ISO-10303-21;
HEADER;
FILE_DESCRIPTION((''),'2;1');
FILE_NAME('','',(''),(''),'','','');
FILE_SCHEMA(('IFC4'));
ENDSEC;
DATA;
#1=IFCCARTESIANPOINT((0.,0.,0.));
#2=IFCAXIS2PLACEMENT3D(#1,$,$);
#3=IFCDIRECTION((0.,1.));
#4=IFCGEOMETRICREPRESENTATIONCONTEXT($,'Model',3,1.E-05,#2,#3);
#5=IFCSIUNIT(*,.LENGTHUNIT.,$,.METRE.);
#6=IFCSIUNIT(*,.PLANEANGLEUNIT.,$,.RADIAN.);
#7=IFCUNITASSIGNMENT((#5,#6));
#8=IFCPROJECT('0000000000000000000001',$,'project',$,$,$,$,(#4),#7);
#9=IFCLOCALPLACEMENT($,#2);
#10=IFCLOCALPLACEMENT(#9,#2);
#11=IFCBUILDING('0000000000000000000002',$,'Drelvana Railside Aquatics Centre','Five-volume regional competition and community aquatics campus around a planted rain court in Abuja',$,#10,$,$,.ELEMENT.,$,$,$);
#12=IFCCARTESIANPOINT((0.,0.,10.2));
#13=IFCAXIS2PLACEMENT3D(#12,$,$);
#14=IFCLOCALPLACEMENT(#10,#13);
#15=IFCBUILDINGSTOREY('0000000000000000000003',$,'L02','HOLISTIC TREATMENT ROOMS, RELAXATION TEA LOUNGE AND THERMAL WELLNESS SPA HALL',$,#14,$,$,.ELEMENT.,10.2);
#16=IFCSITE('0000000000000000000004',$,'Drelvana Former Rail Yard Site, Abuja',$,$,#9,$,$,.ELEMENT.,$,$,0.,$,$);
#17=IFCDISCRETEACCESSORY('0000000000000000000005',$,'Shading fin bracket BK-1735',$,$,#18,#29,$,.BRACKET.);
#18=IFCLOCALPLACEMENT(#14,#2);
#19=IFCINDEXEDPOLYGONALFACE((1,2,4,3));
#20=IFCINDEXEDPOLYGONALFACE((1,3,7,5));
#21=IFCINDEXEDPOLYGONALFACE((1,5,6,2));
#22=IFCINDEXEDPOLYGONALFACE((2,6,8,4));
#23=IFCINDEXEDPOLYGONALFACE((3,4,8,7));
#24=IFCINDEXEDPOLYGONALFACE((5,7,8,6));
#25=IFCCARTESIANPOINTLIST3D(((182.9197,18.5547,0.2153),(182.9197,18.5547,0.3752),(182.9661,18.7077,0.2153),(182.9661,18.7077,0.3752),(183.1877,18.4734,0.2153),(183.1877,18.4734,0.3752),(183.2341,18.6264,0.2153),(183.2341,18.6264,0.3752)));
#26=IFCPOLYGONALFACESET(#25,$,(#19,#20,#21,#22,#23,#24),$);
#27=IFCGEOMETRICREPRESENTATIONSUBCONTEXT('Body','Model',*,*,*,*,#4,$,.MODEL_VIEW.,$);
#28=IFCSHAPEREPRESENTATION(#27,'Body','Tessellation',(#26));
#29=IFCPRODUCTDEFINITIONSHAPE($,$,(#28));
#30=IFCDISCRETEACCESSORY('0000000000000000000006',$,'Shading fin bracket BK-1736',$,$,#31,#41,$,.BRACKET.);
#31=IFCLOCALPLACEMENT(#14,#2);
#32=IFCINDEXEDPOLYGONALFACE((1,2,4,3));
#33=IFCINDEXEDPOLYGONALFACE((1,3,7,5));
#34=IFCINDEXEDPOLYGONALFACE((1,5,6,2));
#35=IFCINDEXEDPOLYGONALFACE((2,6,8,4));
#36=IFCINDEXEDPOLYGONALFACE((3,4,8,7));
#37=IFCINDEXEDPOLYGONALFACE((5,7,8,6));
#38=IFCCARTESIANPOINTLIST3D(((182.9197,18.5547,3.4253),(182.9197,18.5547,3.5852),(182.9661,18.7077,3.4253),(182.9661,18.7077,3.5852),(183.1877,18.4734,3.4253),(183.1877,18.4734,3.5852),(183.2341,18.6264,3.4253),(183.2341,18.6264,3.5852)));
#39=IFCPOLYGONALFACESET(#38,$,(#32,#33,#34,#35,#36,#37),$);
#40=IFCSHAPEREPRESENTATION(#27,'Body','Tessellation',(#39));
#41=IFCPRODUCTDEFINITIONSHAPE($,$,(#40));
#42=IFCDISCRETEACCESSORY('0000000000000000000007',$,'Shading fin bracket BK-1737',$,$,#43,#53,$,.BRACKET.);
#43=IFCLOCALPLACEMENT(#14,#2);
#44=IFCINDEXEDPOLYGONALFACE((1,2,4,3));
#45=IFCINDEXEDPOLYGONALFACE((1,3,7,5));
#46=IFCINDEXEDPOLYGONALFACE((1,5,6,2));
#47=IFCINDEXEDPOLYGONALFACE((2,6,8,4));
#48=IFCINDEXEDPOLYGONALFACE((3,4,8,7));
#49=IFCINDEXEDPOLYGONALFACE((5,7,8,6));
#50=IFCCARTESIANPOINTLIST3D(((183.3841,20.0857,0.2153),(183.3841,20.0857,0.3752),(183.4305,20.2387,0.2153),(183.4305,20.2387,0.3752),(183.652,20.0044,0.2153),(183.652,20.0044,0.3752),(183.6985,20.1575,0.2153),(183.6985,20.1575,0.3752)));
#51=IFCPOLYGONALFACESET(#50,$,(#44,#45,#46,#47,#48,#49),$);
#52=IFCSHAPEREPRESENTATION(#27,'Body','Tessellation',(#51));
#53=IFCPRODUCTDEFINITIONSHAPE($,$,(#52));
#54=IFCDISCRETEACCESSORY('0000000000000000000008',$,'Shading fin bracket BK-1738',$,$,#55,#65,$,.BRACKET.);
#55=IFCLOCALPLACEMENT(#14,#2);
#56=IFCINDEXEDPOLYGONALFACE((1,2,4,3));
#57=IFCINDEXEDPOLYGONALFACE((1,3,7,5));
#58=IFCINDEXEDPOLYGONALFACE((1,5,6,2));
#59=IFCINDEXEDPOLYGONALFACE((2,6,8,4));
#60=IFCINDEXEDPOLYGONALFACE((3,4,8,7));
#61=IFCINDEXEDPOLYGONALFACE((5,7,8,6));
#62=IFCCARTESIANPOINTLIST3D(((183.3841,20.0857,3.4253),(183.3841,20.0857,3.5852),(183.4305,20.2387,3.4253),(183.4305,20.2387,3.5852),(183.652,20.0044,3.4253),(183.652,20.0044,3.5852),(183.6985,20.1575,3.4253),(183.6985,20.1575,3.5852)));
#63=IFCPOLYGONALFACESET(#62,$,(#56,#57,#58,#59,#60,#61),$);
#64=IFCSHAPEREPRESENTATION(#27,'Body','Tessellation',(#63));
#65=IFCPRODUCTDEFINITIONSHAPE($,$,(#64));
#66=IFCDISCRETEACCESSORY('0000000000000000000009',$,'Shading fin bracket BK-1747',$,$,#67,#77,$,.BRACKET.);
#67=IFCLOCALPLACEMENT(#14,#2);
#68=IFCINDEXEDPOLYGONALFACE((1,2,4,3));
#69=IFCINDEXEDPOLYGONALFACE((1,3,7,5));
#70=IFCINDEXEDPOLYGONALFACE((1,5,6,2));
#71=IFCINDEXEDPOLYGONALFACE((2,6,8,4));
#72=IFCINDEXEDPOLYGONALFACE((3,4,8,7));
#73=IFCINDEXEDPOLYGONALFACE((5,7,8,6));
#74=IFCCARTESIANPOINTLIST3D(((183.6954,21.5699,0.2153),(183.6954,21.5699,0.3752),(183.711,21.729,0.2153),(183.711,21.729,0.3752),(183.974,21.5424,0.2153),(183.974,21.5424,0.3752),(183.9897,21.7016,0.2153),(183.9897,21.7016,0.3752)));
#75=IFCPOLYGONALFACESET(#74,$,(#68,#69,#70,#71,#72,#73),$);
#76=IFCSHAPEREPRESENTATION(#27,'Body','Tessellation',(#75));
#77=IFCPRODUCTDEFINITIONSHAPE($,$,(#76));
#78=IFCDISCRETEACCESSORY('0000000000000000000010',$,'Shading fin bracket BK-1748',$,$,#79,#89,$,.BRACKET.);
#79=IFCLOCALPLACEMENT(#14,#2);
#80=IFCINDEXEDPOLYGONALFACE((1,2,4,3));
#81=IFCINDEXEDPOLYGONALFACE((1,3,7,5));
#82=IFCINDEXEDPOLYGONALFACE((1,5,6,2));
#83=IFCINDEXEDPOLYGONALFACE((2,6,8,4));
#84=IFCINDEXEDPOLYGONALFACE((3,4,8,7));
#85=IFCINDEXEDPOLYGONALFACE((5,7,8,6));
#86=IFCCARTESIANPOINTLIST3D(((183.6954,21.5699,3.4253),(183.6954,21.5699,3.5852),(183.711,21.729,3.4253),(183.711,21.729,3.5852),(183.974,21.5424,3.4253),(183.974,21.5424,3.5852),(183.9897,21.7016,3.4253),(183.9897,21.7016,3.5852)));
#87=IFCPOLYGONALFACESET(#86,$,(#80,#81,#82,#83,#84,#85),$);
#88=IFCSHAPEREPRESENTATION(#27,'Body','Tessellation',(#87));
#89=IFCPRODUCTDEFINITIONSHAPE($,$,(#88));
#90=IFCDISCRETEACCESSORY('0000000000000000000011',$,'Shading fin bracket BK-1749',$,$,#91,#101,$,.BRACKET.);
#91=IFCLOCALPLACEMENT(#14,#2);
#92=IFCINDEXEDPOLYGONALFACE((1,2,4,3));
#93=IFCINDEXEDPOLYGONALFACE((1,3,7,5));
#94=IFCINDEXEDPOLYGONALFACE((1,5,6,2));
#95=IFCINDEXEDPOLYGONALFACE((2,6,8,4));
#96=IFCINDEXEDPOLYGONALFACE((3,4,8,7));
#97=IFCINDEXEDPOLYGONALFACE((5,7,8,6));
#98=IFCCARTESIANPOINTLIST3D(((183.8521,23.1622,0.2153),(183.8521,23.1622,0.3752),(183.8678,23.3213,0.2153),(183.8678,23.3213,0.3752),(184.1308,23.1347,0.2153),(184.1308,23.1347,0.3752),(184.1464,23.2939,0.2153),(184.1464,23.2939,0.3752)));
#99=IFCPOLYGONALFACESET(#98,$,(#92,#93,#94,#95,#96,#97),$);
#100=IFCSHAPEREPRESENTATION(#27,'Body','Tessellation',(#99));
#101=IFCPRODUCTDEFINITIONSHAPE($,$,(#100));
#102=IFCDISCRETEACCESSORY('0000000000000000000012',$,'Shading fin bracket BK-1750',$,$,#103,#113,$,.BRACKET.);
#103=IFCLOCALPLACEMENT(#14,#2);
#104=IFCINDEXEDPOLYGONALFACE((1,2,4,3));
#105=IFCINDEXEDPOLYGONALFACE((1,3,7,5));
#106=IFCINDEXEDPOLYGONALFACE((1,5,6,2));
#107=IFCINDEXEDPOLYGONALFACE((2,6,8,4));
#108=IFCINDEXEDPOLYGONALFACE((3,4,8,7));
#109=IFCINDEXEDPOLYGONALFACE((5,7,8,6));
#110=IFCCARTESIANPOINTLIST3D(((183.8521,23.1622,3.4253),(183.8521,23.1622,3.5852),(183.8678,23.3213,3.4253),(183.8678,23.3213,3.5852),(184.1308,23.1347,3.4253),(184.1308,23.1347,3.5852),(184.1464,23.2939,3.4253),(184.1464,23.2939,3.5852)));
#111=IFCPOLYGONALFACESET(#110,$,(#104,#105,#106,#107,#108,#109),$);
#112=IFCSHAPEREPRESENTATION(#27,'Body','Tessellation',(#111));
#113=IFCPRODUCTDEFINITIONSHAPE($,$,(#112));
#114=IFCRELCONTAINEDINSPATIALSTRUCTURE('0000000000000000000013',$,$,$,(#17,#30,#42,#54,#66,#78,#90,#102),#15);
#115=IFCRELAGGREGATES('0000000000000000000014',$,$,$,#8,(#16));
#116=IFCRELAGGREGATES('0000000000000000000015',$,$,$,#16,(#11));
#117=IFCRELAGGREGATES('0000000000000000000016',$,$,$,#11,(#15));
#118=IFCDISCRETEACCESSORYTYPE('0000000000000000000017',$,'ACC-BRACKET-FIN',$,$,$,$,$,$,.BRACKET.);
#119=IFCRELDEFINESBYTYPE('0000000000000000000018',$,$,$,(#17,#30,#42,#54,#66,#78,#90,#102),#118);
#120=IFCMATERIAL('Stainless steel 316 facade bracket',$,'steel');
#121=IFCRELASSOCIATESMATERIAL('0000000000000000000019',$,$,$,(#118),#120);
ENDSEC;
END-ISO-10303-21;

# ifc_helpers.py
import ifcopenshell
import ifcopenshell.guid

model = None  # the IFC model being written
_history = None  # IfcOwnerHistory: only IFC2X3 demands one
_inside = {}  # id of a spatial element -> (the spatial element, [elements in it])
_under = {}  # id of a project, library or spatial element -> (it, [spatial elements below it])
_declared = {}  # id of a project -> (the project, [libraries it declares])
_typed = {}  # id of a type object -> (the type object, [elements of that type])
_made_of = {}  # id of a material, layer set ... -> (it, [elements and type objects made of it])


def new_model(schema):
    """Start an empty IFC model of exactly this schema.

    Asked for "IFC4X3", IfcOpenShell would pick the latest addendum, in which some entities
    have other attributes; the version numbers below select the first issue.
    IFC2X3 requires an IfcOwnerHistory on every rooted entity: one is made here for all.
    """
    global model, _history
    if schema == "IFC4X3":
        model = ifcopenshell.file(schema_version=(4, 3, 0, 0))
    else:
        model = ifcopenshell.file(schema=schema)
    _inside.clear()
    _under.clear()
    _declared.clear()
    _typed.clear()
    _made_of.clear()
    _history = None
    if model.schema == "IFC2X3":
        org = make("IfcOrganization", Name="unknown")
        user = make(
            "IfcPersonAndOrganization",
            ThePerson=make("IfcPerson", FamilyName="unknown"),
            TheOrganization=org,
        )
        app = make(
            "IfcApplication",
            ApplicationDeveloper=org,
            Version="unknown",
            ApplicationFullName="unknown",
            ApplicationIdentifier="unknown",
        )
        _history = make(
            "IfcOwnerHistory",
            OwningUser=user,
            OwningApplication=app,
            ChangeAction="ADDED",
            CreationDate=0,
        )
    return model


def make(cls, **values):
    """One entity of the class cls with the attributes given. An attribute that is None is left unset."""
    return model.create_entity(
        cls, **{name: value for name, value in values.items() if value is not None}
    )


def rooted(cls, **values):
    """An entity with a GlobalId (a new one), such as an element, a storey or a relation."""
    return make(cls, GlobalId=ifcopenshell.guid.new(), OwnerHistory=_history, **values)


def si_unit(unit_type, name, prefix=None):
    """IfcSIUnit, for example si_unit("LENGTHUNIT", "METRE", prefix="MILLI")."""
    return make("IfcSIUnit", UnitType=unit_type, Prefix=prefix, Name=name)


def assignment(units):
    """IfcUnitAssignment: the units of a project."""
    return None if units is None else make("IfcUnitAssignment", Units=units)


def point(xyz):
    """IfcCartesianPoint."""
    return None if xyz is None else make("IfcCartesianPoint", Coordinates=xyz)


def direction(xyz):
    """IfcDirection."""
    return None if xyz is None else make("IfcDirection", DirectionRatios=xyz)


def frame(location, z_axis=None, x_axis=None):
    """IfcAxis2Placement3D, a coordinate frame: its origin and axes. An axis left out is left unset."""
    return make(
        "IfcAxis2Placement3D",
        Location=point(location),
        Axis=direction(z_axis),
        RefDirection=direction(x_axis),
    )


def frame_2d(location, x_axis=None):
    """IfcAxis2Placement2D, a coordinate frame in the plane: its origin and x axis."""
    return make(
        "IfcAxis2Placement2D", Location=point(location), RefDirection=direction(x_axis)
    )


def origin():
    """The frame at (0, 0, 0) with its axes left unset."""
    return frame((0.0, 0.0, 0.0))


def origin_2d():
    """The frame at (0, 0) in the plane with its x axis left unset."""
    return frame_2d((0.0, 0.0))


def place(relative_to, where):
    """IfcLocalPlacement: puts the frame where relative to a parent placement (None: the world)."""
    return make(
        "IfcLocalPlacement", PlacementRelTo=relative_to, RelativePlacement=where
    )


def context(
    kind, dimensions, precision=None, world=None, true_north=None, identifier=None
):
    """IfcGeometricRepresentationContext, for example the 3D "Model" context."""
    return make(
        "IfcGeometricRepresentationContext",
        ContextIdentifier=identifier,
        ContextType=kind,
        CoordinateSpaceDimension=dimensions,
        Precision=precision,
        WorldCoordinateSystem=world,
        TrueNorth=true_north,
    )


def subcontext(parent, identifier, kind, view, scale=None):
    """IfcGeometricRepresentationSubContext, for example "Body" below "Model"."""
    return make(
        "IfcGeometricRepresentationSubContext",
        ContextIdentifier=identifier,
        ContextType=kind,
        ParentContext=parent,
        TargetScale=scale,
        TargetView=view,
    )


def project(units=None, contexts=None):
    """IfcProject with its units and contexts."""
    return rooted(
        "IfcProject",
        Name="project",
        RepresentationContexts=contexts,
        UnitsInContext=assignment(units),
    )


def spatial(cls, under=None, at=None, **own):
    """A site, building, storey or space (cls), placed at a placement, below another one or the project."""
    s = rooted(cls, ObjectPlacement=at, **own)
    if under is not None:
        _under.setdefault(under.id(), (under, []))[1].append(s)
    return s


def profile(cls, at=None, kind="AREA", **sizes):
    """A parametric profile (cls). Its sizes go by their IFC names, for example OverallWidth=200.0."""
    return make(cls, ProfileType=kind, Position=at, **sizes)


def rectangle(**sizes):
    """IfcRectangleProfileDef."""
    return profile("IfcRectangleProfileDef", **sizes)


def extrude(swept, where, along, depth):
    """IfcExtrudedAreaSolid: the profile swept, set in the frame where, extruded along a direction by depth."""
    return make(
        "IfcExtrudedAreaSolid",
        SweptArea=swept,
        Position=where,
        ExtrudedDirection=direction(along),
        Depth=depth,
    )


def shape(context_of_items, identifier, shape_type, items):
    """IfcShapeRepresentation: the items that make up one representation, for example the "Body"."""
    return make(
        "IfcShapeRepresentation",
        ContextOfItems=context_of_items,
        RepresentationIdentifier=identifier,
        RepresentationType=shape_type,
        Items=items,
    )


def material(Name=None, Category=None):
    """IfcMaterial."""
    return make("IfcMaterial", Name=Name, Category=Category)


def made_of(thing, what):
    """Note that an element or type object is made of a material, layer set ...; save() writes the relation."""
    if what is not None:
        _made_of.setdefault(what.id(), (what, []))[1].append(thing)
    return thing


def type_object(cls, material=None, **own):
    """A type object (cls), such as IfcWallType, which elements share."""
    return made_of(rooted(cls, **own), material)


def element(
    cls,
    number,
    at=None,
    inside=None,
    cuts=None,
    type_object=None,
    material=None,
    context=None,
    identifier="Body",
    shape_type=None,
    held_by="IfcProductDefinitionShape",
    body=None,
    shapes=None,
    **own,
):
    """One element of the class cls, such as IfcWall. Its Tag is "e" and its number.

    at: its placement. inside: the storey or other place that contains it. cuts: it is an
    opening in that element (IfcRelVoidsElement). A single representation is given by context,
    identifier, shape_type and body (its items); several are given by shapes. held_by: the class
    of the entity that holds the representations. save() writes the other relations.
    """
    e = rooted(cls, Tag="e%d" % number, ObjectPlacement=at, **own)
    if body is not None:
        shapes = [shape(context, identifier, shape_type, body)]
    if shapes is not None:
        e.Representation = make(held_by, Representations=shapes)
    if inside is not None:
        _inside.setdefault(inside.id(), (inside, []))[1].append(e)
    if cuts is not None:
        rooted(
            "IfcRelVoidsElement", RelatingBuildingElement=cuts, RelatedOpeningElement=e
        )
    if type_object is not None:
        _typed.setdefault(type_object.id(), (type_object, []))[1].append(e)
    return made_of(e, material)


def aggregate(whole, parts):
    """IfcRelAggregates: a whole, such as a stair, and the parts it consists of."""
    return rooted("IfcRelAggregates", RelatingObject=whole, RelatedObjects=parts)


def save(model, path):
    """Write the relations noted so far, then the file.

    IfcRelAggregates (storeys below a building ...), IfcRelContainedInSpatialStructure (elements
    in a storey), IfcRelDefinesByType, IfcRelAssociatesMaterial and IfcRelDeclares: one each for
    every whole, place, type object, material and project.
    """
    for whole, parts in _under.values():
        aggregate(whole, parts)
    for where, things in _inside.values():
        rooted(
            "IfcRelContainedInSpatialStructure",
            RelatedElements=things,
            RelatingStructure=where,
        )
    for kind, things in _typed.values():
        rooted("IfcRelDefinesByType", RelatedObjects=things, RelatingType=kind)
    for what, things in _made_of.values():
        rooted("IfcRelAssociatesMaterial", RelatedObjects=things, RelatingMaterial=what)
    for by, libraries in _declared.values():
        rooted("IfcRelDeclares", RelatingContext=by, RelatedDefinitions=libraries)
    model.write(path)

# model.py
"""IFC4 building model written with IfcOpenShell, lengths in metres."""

from ifc_helpers import new_model, si_unit, direction, frame, origin, origin_2d, place, context, subcontext, project, spatial, rectangle, extrude, material, type_object, element, save


model = new_model("IFC4")

# Units and contexts
model_context = context("Model", 3, precision=1e-05, world=origin(), true_north=direction((0.0, 1.0)))
body_context = subcontext(model_context, "Body", "Model", "MODEL_VIEW")
ifc_project = project(units=[si_unit("LENGTHUNIT", "METRE"), si_unit("PLANEANGLEUNIT", "RADIAN")], contexts=[model_context])

# Site, building, storey
site_placement = place(None, origin())
site = spatial("IfcSite", under=ifc_project, at=site_placement, Name="Drelvana Former Rail Yard Site, Abuja", CompositionType="ELEMENT", RefElevation=0.0)
building_placement = place(site_placement, origin())
building = spatial("IfcBuilding", under=site, at=building_placement, Name="Drelvana Railside Aquatics Centre", Description="Five-volume regional competition and community aquatics campus around a planted rain court in Abuja", CompositionType="ELEMENT")
storey_placement = place(building_placement, frame((0.0, 0.0, 10.2)))
storey = spatial("IfcBuildingStorey", under=building, at=storey_placement, Name="L02", Description="HOLISTIC TREATMENT ROOMS, RELAXATION TEA LOUNGE AND THERMAL WELLNESS SPA HALL", CompositionType="ELEMENT", Elevation=10.2)

# Discrete accessories
ifc_material_1 = material(Name="Stainless steel 316 facade bracket", Category="steel")
discrete_accessory_type = type_object("IfcDiscreteAccessoryType", Name="ACC-BRACKET-FIN", PredefinedType="BRACKET", material=ifc_material_1)
for number, where, z_axis, x_axis, name in (
    (1, (183.0769, 18.5906, 0.2153), (0.0, 0.0, 1.0), (0.95694, -0.290285, 0.0), "Shading fin bracket BK-1735"),
    (2, (183.0769, 18.5906, 3.4253), (0.0, 0.0, 1.0), (0.95694, -0.290285, 0.0), "Shading fin bracket BK-1736"),
    (3, (183.5413, 20.1216, 0.2153), (0.0, 0.0, 1.0), (0.95694, -0.290285, 0.0), "Shading fin bracket BK-1737"),
    (4, (183.5413, 20.1216, 3.4253), (0.0, 0.0, 1.0), (0.95694, -0.290285, 0.0), "Shading fin bracket BK-1738"),
    (5, (183.8425, 21.6357, 0.2153), (0.0, 0.0, 1.0), (0.995185, -0.098017, 0.0), "Shading fin bracket BK-1747"),
    (6, (183.8425, 21.6357, 3.4253), (0.0, 0.0, 1.0), (0.995185, -0.098017, 0.0), "Shading fin bracket BK-1748"),
    (7, (183.9993, 23.228, 0.2153), (0.0, 0.0, 1.0), (0.995185, -0.098017, 0.0), "Shading fin bracket BK-1749"),
    (8, (183.9993, 23.228, 3.4253), (0.0, 0.0, 1.0), (0.995185, -0.098017, 0.0), "Shading fin bracket BK-1750"),
):
    element("IfcDiscreteAccessory", number, at=place(storey_placement, frame(where, z_axis=z_axis, x_axis=x_axis)), inside=storey, type_object=discrete_accessory_type, Name=name, PredefinedType="BRACKET", context=body_context, shape_type="SweptSolid", body=[
        extrude(rectangle(XDim=0.28, YDim=0.1599, at=origin_2d()), origin(), (0.0, 0.0, 1.0), 0.1599),
    ])

save(model, "model.ifc")
